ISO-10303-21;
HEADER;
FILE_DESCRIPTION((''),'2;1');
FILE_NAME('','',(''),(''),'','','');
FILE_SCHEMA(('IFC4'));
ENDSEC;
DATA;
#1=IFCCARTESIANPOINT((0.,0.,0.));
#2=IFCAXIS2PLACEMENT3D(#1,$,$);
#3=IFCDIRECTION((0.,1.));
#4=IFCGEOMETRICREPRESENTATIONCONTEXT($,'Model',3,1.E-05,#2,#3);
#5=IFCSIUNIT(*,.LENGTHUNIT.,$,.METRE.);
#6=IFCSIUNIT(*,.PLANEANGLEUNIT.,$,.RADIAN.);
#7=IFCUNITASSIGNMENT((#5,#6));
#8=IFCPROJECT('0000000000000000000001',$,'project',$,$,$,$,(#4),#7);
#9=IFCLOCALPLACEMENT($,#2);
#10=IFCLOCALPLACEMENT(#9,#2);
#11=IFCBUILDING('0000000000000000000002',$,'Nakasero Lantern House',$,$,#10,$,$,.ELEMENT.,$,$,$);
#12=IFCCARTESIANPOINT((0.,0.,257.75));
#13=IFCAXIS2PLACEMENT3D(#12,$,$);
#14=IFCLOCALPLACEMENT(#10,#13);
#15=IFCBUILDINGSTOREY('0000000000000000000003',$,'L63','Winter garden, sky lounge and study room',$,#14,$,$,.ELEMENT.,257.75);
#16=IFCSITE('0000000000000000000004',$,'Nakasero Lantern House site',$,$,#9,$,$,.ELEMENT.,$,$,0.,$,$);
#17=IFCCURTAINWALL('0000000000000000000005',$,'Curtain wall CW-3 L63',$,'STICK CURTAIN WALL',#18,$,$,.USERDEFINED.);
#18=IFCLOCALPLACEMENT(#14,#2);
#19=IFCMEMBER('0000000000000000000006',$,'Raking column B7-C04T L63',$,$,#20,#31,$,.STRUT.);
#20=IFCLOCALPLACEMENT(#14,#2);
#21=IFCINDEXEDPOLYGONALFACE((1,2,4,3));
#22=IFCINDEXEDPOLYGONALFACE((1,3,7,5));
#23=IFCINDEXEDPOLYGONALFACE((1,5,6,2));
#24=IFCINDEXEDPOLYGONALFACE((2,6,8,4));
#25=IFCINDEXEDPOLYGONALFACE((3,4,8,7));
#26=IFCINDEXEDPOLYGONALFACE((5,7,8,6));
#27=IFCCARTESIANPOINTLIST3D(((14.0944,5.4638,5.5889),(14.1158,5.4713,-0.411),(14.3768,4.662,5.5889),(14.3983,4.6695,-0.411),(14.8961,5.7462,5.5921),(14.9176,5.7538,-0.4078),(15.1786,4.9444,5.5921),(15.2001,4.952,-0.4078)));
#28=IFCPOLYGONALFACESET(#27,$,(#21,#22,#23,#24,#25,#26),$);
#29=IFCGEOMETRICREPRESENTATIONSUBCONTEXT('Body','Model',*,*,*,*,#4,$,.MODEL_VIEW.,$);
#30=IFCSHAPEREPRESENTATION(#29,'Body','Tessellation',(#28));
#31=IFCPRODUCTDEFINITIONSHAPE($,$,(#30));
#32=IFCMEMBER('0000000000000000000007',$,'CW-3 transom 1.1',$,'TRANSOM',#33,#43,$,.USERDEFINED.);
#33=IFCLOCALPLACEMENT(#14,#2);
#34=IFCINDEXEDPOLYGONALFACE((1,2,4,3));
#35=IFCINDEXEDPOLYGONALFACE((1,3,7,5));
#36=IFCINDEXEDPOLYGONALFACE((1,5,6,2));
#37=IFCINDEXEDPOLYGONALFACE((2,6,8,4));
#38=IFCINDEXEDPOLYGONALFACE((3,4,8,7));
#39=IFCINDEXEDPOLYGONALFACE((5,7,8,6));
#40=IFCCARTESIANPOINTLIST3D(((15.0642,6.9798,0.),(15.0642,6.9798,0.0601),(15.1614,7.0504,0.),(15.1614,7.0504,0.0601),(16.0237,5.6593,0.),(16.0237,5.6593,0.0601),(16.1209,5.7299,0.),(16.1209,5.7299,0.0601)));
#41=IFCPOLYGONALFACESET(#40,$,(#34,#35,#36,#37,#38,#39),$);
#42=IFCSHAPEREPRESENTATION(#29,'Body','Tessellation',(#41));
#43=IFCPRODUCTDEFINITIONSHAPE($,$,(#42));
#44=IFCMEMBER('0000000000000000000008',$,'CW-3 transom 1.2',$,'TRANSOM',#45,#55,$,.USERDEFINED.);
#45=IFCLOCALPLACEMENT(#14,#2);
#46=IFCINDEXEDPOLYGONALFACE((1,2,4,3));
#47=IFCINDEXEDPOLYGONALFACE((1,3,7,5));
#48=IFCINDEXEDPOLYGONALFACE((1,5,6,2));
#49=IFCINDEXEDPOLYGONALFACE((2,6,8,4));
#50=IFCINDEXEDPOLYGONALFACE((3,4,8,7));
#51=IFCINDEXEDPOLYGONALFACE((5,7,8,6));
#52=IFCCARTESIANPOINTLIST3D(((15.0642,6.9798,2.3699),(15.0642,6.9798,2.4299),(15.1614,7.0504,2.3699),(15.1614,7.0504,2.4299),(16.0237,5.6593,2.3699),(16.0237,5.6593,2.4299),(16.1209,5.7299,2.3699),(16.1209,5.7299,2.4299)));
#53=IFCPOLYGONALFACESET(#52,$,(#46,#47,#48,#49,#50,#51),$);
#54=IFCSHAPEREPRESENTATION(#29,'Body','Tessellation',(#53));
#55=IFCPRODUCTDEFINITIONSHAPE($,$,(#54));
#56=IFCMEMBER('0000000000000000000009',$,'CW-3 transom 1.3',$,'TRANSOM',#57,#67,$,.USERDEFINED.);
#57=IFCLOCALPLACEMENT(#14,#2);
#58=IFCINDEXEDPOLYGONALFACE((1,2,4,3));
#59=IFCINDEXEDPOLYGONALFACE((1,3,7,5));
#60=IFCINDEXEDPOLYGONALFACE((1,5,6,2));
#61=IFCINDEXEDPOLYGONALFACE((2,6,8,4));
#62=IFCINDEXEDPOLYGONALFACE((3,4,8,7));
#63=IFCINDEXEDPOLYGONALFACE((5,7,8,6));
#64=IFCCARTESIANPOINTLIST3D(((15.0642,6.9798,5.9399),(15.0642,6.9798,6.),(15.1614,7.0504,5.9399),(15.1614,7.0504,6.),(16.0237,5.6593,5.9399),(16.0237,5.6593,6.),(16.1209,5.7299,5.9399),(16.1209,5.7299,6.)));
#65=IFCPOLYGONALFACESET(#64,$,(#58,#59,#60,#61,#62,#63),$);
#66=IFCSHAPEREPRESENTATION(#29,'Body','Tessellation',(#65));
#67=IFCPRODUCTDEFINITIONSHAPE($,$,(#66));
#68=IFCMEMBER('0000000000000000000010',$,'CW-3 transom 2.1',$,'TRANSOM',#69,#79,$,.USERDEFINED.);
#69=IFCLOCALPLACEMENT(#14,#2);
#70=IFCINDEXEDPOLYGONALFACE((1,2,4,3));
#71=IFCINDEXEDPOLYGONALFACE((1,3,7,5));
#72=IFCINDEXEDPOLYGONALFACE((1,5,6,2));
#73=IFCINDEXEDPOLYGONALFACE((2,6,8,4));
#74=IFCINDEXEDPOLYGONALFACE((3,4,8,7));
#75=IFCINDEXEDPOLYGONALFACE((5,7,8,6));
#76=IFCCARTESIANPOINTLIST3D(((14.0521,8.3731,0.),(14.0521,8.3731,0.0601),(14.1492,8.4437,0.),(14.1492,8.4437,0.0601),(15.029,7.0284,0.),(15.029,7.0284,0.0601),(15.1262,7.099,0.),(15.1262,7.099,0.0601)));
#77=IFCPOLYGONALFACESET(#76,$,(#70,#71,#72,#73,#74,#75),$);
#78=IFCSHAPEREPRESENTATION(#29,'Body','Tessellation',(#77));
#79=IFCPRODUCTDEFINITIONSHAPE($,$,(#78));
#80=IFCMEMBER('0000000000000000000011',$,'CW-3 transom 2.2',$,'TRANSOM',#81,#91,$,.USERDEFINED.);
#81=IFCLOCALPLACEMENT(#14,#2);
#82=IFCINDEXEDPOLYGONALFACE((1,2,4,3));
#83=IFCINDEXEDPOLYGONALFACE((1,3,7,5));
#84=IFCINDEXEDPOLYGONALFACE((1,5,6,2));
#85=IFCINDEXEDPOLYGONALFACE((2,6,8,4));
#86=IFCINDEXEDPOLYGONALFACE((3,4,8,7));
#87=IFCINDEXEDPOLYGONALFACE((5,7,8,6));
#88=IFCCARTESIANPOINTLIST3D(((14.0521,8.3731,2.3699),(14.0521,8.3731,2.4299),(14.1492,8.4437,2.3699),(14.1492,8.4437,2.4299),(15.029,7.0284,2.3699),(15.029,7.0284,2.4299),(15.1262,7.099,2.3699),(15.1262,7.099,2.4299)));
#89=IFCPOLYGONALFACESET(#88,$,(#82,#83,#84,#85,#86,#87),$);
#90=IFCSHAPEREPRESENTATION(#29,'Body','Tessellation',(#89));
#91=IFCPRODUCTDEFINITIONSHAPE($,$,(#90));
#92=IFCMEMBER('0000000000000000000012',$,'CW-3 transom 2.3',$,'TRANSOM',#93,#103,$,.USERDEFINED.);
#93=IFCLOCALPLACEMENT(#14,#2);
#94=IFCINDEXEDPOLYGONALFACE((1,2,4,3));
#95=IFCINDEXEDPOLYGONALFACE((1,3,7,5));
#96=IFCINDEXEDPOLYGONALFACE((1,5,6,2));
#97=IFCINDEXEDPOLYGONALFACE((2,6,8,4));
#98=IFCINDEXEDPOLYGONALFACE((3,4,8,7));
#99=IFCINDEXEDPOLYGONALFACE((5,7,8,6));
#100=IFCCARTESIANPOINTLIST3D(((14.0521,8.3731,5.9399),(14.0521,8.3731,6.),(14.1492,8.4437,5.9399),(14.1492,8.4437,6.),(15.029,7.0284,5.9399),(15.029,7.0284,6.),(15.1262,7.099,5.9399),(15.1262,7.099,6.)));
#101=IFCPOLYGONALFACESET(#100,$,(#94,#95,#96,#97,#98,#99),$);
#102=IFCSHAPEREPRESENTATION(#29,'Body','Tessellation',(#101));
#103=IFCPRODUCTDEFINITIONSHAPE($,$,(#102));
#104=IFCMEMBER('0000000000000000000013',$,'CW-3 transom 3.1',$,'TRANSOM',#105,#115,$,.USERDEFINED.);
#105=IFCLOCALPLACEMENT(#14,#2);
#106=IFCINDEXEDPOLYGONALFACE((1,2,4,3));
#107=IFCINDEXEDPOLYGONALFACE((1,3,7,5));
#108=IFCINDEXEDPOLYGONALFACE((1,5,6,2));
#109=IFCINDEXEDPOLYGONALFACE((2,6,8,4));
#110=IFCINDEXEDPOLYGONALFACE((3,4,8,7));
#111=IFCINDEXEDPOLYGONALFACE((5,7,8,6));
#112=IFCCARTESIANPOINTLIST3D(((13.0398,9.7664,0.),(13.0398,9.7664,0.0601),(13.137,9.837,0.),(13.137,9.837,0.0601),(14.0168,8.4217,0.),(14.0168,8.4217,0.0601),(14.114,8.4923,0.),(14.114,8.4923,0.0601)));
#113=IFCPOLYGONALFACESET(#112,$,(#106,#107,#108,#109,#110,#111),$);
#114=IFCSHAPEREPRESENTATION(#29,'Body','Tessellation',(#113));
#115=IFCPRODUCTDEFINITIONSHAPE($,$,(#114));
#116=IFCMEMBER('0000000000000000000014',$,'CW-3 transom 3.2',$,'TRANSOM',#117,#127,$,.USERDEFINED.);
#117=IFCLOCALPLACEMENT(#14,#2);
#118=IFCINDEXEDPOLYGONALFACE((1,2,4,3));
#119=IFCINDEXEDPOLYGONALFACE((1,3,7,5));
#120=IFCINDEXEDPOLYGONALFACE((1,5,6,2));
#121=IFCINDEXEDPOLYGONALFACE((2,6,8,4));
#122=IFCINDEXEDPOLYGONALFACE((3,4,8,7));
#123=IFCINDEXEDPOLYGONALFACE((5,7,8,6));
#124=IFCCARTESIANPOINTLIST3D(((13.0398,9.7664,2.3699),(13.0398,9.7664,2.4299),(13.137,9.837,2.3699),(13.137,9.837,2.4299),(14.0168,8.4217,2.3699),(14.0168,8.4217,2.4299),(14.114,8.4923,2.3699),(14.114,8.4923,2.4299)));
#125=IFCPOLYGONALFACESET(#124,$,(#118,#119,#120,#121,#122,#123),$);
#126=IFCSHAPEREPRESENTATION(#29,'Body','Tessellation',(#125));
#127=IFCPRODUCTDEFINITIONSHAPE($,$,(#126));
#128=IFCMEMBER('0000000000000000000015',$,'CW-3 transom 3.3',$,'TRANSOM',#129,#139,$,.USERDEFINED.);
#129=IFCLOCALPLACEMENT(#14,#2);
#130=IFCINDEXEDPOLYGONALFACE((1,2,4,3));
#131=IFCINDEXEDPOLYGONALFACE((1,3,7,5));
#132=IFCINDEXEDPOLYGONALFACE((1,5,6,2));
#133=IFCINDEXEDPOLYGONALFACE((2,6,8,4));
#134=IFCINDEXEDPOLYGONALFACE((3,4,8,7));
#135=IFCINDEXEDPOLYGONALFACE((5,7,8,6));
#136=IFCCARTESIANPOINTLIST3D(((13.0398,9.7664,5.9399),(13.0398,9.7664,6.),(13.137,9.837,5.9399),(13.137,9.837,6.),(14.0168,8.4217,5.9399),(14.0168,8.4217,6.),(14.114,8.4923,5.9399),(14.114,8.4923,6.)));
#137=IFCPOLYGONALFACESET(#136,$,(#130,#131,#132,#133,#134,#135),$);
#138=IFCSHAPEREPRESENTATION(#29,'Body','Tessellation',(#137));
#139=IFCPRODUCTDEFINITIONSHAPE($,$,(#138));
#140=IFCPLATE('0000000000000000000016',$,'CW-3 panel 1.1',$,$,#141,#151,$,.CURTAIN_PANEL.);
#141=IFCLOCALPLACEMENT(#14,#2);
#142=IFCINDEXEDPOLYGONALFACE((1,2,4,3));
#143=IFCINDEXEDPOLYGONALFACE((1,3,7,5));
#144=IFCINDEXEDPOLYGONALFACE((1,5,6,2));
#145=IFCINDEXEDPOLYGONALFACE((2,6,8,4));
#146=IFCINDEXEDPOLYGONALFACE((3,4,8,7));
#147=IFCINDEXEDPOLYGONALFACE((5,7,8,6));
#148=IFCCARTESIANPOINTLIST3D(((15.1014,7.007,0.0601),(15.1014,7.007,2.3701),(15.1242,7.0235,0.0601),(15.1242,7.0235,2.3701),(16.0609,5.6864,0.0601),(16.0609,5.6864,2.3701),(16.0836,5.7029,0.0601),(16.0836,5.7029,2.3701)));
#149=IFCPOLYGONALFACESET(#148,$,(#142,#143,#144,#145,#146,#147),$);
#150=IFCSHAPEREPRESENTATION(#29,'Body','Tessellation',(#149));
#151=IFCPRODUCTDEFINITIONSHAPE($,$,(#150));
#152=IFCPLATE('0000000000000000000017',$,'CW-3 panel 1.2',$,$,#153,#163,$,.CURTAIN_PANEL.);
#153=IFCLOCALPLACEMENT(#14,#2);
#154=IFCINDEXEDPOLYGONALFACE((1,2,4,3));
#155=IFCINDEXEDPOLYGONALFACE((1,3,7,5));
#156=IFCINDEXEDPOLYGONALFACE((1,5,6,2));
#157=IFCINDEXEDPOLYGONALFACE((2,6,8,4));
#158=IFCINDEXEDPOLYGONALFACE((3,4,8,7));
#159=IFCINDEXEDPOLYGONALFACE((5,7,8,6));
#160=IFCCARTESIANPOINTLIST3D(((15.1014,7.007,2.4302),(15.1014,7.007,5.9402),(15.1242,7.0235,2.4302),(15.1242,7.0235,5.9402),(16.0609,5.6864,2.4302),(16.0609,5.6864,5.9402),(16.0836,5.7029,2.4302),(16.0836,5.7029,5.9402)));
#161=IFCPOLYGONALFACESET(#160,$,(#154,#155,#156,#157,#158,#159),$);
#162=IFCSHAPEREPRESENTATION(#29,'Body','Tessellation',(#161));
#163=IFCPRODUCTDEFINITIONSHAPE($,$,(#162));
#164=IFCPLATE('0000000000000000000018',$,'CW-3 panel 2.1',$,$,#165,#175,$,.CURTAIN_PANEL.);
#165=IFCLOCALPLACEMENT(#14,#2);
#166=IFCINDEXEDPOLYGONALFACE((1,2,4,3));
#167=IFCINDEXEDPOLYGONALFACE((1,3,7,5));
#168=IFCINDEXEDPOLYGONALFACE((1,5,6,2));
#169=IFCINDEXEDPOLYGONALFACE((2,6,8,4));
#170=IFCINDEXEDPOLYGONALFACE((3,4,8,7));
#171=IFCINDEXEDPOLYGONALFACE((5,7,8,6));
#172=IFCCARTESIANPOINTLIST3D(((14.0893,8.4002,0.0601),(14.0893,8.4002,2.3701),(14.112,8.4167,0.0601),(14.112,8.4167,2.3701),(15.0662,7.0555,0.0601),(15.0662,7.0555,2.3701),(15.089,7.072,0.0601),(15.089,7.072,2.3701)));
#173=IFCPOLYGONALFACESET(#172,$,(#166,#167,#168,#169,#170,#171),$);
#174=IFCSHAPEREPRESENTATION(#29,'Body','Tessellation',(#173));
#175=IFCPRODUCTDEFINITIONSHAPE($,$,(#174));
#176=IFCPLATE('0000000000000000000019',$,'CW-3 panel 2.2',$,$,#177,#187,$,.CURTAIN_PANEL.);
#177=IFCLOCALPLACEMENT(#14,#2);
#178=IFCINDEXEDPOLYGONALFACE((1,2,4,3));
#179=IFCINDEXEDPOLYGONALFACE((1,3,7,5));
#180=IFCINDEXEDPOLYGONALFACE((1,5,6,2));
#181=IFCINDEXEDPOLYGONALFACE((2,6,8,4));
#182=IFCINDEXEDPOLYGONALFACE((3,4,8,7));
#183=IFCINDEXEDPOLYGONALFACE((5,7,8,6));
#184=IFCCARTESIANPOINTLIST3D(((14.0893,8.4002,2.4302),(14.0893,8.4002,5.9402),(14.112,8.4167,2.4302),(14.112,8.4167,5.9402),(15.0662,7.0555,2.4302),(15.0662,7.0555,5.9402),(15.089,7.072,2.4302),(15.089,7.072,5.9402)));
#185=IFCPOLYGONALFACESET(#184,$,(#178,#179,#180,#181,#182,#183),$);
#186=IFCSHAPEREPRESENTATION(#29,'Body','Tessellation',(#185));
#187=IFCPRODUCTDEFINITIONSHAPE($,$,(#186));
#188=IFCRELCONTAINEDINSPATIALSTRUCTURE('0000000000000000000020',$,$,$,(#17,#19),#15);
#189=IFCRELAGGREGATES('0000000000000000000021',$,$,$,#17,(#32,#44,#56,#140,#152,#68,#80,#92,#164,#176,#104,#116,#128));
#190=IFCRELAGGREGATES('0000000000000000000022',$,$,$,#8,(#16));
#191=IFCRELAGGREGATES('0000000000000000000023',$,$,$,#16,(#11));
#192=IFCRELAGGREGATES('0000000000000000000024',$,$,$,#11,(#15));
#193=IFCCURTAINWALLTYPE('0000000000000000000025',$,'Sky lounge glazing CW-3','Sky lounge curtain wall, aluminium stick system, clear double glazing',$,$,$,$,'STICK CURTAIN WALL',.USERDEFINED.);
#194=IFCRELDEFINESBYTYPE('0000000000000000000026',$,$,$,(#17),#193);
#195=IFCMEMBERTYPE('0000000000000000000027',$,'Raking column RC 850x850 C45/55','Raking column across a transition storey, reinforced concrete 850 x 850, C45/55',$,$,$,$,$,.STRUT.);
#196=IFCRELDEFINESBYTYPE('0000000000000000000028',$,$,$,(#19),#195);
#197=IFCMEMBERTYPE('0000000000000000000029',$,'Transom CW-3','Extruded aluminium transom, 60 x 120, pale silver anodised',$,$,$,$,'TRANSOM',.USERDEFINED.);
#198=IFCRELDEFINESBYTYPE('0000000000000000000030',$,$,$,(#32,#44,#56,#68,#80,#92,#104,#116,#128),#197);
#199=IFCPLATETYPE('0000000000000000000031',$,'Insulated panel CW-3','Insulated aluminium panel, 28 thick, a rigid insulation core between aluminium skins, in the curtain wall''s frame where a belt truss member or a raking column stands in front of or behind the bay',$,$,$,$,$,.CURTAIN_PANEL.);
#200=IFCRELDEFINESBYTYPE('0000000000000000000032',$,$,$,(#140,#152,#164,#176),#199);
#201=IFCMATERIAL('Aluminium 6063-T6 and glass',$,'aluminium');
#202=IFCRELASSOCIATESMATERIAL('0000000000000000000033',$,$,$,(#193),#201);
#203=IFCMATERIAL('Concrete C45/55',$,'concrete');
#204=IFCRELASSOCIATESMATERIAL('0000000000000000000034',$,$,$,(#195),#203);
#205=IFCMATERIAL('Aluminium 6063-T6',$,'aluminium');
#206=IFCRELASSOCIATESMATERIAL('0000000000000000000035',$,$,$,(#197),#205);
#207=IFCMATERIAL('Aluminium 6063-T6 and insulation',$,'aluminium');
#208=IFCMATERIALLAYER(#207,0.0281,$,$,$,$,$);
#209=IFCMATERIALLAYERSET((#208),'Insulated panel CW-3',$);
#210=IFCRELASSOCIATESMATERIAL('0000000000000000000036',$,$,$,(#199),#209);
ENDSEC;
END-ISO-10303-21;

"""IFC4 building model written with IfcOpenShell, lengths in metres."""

from ifc_helpers import new_model, si_unit, direction, frame, origin, origin_2d, place, context, subcontext, project, spatial, rectangle, extrude, material, layer, layer_set, material_profile, profile_set, type_object, element, aggregate, save


model = new_model("IFC4")

# Units and contexts
model_context = context("Model", 3, precision=1e-05, world=origin(), true_north=direction((0.0, 1.0)))
body_context = subcontext(model_context, "Body", "Model", "MODEL_VIEW")
ifc_project = project(units=[si_unit("LENGTHUNIT", "METRE"), si_unit("PLANEANGLEUNIT", "RADIAN")], contexts=[model_context])

# Site, building, storey
site_placement = place(None, origin())
site = spatial("IfcSite", under=ifc_project, at=site_placement, Name="Nakasero Lantern House site", CompositionType="ELEMENT", RefElevation=0.0)
building_placement = place(site_placement, origin())
building = spatial("IfcBuilding", under=site, at=building_placement, Name="Nakasero Lantern House", CompositionType="ELEMENT")
storey_placement = place(building_placement, frame((0.0, 0.0, 257.75)))
storey = spatial("IfcBuildingStorey", under=building, at=storey_placement, Name="L63", Description="Winter garden, sky lounge and study room", CompositionType="ELEMENT", Elevation=257.75)

# Curtain wall
ifc_material_1 = material(Name="Aluminium 6063-T6 and glass", Category="aluminium")
curtain_wall_type = type_object("IfcCurtainWallType", Name="Sky lounge glazing CW-3", Description="Sky lounge curtain wall, aluminium stick system, clear double glazing", ElementType="STICK CURTAIN WALL", PredefinedType="USERDEFINED", material=ifc_material_1)
curtain_wall_placement = place(storey_placement, origin())
curtain_wall = element("IfcCurtainWall", 1, at=curtain_wall_placement, inside=storey, type_object=curtain_wall_type, Name="Curtain wall CW-3 L63", ObjectType="STICK CURTAIN WALL", PredefinedType="USERDEFINED")

# Members
ifc_material_2 = material(Name="Concrete C45/55", Category="concrete")
ifc_material_profile_1 = material_profile(ifc_material_2, rectangle(XDim=0.8501, YDim=0.8501, at=origin_2d()), Name="RC 850x850")
ifc_profile_set_1 = profile_set([ifc_material_profile_1], Name="Concrete C45/55")
member_type_1 = type_object("IfcMemberType", Name="Raking column RC 850x850 C45/55", Description="Raking column across a transition storey, reinforced concrete 850 x 850, C45/55", PredefinedType="STRUT", material=ifc_profile_set_1)
member_1_placement = place(storey_placement, frame((14.658, 5.2117, -0.4094), z_axis=(-0.003581, -0.001261, 0.999993), x_axis=(0.332259, -0.943188, 0.0)))
element("IfcMember", 2, at=member_1_placement, inside=storey, type_object=member_type_1, Name="Raking column B7-C04T L63", PredefinedType="STRUT", context=body_context, shape_type="SweptSolid", body=[
    extrude(rectangle(XDim=0.8501, YDim=0.8501, at=origin_2d()), origin(), (0.0, 0.0, 1.0), 6.0),
])
ifc_material_3 = material(Name="Aluminium 6063-T6", Category="aluminium")
ifc_material_profile_2 = material_profile(ifc_material_3, rectangle(XDim=0.0601, YDim=0.1201, at=origin_2d()), Name="CW-3 transom 60x120")
ifc_profile_set_2 = profile_set([ifc_material_profile_2], Name="Aluminium 6063-T6")
member_type_2 = type_object("IfcMemberType", Name="Transom CW-3", Description="Extruded aluminium transom, 60 x 120, pale silver anodised", ElementType="TRANSOM", PredefinedType="USERDEFINED", material=ifc_profile_set_2)
member_2_placement = place(storey_placement, frame((16.0723, 5.6946, 0.03), z_axis=(-0.587798, 0.809008, 0.0), x_axis=(0.0, 0.0, 1.0)))
member_2 = element("IfcMember", 3, at=member_2_placement, type_object=member_type_2, Name="CW-3 transom 1.1", ObjectType="TRANSOM", PredefinedType="USERDEFINED", context=body_context, shape_type="SweptSolid", body=[
    extrude(rectangle(XDim=0.0601, YDim=0.1201, at=origin_2d()), origin(), (0.0, 0.0, 1.0), 1.6323),
])
member_3_placement = place(storey_placement, frame((16.0723, 5.6946, 2.3999), z_axis=(-0.587798, 0.809008, 0.0), x_axis=(0.0, 0.0, 1.0)))
member_3 = element("IfcMember", 4, at=member_3_placement, type_object=member_type_2, Name="CW-3 transom 1.2", ObjectType="TRANSOM", PredefinedType="USERDEFINED", context=body_context, shape_type="SweptSolid", body=[
    extrude(rectangle(XDim=0.0601, YDim=0.1201, at=origin_2d()), origin(), (0.0, 0.0, 1.0), 1.6323),
])
member_4_placement = place(storey_placement, frame((16.0723, 5.6946, 5.97), z_axis=(-0.587798, 0.809008, 0.0), x_axis=(0.0, 0.0, 1.0)))
member_4 = element("IfcMember", 5, at=member_4_placement, type_object=member_type_2, Name="CW-3 transom 1.3", ObjectType="TRANSOM", PredefinedType="USERDEFINED", context=body_context, shape_type="SweptSolid", body=[
    extrude(rectangle(XDim=0.0601, YDim=0.1201, at=origin_2d()), origin(), (0.0, 0.0, 1.0), 1.6323),
])
member_5_placement = place(storey_placement, frame((15.0776, 7.0637, 0.03), z_axis=(-0.587805, 0.809003, 0.0), x_axis=(0.0, 0.0, 1.0)))
member_5 = element("IfcMember", 6, at=member_5_placement, type_object=member_type_2, Name="CW-3 transom 2.1", ObjectType="TRANSOM", PredefinedType="USERDEFINED", context=body_context, shape_type="SweptSolid", body=[
    extrude(rectangle(XDim=0.0601, YDim=0.1201, at=origin_2d()), origin(), (0.0, 0.0, 1.0), 1.6621),
])
member_6_placement = place(storey_placement, frame((15.0776, 7.0637, 2.3999), z_axis=(-0.587805, 0.809003, 0.0), x_axis=(0.0, 0.0, 1.0)))
member_6 = element("IfcMember", 7, at=member_6_placement, type_object=member_type_2, Name="CW-3 transom 2.2", ObjectType="TRANSOM", PredefinedType="USERDEFINED", context=body_context, shape_type="SweptSolid", body=[
    extrude(rectangle(XDim=0.0601, YDim=0.1201, at=origin_2d()), origin(), (0.0, 0.0, 1.0), 1.6621),
])
member_7_placement = place(storey_placement, frame((15.0776, 7.0637, 5.97), z_axis=(-0.587805, 0.809003, 0.0), x_axis=(0.0, 0.0, 1.0)))
member_7 = element("IfcMember", 8, at=member_7_placement, type_object=member_type_2, Name="CW-3 transom 2.3", ObjectType="TRANSOM", PredefinedType="USERDEFINED", context=body_context, shape_type="SweptSolid", body=[
    extrude(rectangle(XDim=0.0601, YDim=0.1201, at=origin_2d()), origin(), (0.0, 0.0, 1.0), 1.6621),
])
member_8_placement = place(storey_placement, frame((14.0654, 8.457, 0.03), z_axis=(-0.587805, 0.809003, 0.0), x_axis=(0.0, 0.0, 1.0)))
member_8 = element("IfcMember", 9, at=member_8_placement, type_object=member_type_2, Name="CW-3 transom 3.1", ObjectType="TRANSOM", PredefinedType="USERDEFINED", context=body_context, shape_type="SweptSolid", body=[
    extrude(rectangle(XDim=0.0601, YDim=0.1201, at=origin_2d()), origin(), (0.0, 0.0, 1.0), 1.6621),
])
member_9_placement = place(storey_placement, frame((14.0654, 8.457, 2.3999), z_axis=(-0.587805, 0.809003, 0.0), x_axis=(0.0, 0.0, 1.0)))
member_9 = element("IfcMember", 10, at=member_9_placement, type_object=member_type_2, Name="CW-3 transom 3.2", ObjectType="TRANSOM", PredefinedType="USERDEFINED", context=body_context, shape_type="SweptSolid", body=[
    extrude(rectangle(XDim=0.0601, YDim=0.1201, at=origin_2d()), origin(), (0.0, 0.0, 1.0), 1.6621),
])
member_10_placement = place(storey_placement, frame((14.0654, 8.457, 5.97), z_axis=(-0.587805, 0.809003, 0.0), x_axis=(0.0, 0.0, 1.0)))
member_10 = element("IfcMember", 11, at=member_10_placement, type_object=member_type_2, Name="CW-3 transom 3.3", ObjectType="TRANSOM", PredefinedType="USERDEFINED", context=body_context, shape_type="SweptSolid", body=[
    extrude(rectangle(XDim=0.0601, YDim=0.1201, at=origin_2d()), origin(), (0.0, 0.0, 1.0), 1.6621),
])

# Plates
ifc_material_4 = material(Name="Aluminium 6063-T6 and insulation", Category="aluminium")
ifc_layer_1 = layer(ifc_material_4, 0.0281)
ifc_layer_set_1 = layer_set([ifc_layer_1], Name="Insulated panel CW-3")
plate_type_1 = type_object("IfcPlateType", Name="Insulated panel CW-3", Description="Insulated aluminium panel, 28 thick, a rigid insulation core between aluminium skins, in the curtain wall's frame where a belt truss member or a raking column stands in front of or behind the bay", PredefinedType="CURTAIN_PANEL", material=ifc_layer_set_1)
plate_1_placement = place(storey_placement, frame((15.5925, 6.355, 0.0601), z_axis=(0.0, 0.0, 1.0), x_axis=(-0.587785, 0.809017, 0.0)))
plate_1 = element("IfcPlate", 12, at=plate_1_placement, type_object=plate_type_1, Name="CW-3 panel 1.1", PredefinedType="CURTAIN_PANEL", context=body_context, shape_type="SweptSolid", body=[
    extrude(rectangle(XDim=1.6323, YDim=0.0281, at=origin_2d()), origin(), (0.0, 0.0, 1.0), 2.3101),
])
plate_2_placement = place(storey_placement, frame((15.5925, 6.355, 2.4302), z_axis=(0.0, 0.0, 1.0), x_axis=(-0.587785, 0.809017, 0.0)))
plate_2 = element("IfcPlate", 13, at=plate_2_placement, type_object=plate_type_1, Name="CW-3 panel 1.2", PredefinedType="CURTAIN_PANEL", context=body_context, shape_type="SweptSolid", body=[
    extrude(rectangle(XDim=1.6323, YDim=0.0281, at=origin_2d()), origin(), (0.0, 0.0, 1.0), 3.51),
])
plate_3_placement = place(storey_placement, frame((14.5891, 7.7361, 0.0601), z_axis=(0.0, 0.0, 1.0), x_axis=(-0.587785, 0.809017, 0.0)))
plate_3 = element("IfcPlate", 14, at=plate_3_placement, type_object=plate_type_1, Name="CW-3 panel 2.1", PredefinedType="CURTAIN_PANEL", context=body_context, shape_type="SweptSolid", body=[
    extrude(rectangle(XDim=1.6621, YDim=0.0281, at=origin_2d()), origin(), (0.0, 0.0, 1.0), 2.3101),
])
plate_4_placement = place(storey_placement, frame((14.5891, 7.7361, 2.4302), z_axis=(0.0, 0.0, 1.0), x_axis=(-0.587785, 0.809017, 0.0)))
plate_4 = element("IfcPlate", 15, at=plate_4_placement, type_object=plate_type_1, Name="CW-3 panel 2.2", PredefinedType="CURTAIN_PANEL", context=body_context, shape_type="SweptSolid", body=[
    extrude(rectangle(XDim=1.6621, YDim=0.0281, at=origin_2d()), origin(), (0.0, 0.0, 1.0), 3.51),
])
aggregate(curtain_wall, [member_2, member_3, member_4, plate_1, plate_2, member_5, member_6, member_7, plate_3, plate_4, member_8, member_9, member_10])

save(model, "model.ifc")
